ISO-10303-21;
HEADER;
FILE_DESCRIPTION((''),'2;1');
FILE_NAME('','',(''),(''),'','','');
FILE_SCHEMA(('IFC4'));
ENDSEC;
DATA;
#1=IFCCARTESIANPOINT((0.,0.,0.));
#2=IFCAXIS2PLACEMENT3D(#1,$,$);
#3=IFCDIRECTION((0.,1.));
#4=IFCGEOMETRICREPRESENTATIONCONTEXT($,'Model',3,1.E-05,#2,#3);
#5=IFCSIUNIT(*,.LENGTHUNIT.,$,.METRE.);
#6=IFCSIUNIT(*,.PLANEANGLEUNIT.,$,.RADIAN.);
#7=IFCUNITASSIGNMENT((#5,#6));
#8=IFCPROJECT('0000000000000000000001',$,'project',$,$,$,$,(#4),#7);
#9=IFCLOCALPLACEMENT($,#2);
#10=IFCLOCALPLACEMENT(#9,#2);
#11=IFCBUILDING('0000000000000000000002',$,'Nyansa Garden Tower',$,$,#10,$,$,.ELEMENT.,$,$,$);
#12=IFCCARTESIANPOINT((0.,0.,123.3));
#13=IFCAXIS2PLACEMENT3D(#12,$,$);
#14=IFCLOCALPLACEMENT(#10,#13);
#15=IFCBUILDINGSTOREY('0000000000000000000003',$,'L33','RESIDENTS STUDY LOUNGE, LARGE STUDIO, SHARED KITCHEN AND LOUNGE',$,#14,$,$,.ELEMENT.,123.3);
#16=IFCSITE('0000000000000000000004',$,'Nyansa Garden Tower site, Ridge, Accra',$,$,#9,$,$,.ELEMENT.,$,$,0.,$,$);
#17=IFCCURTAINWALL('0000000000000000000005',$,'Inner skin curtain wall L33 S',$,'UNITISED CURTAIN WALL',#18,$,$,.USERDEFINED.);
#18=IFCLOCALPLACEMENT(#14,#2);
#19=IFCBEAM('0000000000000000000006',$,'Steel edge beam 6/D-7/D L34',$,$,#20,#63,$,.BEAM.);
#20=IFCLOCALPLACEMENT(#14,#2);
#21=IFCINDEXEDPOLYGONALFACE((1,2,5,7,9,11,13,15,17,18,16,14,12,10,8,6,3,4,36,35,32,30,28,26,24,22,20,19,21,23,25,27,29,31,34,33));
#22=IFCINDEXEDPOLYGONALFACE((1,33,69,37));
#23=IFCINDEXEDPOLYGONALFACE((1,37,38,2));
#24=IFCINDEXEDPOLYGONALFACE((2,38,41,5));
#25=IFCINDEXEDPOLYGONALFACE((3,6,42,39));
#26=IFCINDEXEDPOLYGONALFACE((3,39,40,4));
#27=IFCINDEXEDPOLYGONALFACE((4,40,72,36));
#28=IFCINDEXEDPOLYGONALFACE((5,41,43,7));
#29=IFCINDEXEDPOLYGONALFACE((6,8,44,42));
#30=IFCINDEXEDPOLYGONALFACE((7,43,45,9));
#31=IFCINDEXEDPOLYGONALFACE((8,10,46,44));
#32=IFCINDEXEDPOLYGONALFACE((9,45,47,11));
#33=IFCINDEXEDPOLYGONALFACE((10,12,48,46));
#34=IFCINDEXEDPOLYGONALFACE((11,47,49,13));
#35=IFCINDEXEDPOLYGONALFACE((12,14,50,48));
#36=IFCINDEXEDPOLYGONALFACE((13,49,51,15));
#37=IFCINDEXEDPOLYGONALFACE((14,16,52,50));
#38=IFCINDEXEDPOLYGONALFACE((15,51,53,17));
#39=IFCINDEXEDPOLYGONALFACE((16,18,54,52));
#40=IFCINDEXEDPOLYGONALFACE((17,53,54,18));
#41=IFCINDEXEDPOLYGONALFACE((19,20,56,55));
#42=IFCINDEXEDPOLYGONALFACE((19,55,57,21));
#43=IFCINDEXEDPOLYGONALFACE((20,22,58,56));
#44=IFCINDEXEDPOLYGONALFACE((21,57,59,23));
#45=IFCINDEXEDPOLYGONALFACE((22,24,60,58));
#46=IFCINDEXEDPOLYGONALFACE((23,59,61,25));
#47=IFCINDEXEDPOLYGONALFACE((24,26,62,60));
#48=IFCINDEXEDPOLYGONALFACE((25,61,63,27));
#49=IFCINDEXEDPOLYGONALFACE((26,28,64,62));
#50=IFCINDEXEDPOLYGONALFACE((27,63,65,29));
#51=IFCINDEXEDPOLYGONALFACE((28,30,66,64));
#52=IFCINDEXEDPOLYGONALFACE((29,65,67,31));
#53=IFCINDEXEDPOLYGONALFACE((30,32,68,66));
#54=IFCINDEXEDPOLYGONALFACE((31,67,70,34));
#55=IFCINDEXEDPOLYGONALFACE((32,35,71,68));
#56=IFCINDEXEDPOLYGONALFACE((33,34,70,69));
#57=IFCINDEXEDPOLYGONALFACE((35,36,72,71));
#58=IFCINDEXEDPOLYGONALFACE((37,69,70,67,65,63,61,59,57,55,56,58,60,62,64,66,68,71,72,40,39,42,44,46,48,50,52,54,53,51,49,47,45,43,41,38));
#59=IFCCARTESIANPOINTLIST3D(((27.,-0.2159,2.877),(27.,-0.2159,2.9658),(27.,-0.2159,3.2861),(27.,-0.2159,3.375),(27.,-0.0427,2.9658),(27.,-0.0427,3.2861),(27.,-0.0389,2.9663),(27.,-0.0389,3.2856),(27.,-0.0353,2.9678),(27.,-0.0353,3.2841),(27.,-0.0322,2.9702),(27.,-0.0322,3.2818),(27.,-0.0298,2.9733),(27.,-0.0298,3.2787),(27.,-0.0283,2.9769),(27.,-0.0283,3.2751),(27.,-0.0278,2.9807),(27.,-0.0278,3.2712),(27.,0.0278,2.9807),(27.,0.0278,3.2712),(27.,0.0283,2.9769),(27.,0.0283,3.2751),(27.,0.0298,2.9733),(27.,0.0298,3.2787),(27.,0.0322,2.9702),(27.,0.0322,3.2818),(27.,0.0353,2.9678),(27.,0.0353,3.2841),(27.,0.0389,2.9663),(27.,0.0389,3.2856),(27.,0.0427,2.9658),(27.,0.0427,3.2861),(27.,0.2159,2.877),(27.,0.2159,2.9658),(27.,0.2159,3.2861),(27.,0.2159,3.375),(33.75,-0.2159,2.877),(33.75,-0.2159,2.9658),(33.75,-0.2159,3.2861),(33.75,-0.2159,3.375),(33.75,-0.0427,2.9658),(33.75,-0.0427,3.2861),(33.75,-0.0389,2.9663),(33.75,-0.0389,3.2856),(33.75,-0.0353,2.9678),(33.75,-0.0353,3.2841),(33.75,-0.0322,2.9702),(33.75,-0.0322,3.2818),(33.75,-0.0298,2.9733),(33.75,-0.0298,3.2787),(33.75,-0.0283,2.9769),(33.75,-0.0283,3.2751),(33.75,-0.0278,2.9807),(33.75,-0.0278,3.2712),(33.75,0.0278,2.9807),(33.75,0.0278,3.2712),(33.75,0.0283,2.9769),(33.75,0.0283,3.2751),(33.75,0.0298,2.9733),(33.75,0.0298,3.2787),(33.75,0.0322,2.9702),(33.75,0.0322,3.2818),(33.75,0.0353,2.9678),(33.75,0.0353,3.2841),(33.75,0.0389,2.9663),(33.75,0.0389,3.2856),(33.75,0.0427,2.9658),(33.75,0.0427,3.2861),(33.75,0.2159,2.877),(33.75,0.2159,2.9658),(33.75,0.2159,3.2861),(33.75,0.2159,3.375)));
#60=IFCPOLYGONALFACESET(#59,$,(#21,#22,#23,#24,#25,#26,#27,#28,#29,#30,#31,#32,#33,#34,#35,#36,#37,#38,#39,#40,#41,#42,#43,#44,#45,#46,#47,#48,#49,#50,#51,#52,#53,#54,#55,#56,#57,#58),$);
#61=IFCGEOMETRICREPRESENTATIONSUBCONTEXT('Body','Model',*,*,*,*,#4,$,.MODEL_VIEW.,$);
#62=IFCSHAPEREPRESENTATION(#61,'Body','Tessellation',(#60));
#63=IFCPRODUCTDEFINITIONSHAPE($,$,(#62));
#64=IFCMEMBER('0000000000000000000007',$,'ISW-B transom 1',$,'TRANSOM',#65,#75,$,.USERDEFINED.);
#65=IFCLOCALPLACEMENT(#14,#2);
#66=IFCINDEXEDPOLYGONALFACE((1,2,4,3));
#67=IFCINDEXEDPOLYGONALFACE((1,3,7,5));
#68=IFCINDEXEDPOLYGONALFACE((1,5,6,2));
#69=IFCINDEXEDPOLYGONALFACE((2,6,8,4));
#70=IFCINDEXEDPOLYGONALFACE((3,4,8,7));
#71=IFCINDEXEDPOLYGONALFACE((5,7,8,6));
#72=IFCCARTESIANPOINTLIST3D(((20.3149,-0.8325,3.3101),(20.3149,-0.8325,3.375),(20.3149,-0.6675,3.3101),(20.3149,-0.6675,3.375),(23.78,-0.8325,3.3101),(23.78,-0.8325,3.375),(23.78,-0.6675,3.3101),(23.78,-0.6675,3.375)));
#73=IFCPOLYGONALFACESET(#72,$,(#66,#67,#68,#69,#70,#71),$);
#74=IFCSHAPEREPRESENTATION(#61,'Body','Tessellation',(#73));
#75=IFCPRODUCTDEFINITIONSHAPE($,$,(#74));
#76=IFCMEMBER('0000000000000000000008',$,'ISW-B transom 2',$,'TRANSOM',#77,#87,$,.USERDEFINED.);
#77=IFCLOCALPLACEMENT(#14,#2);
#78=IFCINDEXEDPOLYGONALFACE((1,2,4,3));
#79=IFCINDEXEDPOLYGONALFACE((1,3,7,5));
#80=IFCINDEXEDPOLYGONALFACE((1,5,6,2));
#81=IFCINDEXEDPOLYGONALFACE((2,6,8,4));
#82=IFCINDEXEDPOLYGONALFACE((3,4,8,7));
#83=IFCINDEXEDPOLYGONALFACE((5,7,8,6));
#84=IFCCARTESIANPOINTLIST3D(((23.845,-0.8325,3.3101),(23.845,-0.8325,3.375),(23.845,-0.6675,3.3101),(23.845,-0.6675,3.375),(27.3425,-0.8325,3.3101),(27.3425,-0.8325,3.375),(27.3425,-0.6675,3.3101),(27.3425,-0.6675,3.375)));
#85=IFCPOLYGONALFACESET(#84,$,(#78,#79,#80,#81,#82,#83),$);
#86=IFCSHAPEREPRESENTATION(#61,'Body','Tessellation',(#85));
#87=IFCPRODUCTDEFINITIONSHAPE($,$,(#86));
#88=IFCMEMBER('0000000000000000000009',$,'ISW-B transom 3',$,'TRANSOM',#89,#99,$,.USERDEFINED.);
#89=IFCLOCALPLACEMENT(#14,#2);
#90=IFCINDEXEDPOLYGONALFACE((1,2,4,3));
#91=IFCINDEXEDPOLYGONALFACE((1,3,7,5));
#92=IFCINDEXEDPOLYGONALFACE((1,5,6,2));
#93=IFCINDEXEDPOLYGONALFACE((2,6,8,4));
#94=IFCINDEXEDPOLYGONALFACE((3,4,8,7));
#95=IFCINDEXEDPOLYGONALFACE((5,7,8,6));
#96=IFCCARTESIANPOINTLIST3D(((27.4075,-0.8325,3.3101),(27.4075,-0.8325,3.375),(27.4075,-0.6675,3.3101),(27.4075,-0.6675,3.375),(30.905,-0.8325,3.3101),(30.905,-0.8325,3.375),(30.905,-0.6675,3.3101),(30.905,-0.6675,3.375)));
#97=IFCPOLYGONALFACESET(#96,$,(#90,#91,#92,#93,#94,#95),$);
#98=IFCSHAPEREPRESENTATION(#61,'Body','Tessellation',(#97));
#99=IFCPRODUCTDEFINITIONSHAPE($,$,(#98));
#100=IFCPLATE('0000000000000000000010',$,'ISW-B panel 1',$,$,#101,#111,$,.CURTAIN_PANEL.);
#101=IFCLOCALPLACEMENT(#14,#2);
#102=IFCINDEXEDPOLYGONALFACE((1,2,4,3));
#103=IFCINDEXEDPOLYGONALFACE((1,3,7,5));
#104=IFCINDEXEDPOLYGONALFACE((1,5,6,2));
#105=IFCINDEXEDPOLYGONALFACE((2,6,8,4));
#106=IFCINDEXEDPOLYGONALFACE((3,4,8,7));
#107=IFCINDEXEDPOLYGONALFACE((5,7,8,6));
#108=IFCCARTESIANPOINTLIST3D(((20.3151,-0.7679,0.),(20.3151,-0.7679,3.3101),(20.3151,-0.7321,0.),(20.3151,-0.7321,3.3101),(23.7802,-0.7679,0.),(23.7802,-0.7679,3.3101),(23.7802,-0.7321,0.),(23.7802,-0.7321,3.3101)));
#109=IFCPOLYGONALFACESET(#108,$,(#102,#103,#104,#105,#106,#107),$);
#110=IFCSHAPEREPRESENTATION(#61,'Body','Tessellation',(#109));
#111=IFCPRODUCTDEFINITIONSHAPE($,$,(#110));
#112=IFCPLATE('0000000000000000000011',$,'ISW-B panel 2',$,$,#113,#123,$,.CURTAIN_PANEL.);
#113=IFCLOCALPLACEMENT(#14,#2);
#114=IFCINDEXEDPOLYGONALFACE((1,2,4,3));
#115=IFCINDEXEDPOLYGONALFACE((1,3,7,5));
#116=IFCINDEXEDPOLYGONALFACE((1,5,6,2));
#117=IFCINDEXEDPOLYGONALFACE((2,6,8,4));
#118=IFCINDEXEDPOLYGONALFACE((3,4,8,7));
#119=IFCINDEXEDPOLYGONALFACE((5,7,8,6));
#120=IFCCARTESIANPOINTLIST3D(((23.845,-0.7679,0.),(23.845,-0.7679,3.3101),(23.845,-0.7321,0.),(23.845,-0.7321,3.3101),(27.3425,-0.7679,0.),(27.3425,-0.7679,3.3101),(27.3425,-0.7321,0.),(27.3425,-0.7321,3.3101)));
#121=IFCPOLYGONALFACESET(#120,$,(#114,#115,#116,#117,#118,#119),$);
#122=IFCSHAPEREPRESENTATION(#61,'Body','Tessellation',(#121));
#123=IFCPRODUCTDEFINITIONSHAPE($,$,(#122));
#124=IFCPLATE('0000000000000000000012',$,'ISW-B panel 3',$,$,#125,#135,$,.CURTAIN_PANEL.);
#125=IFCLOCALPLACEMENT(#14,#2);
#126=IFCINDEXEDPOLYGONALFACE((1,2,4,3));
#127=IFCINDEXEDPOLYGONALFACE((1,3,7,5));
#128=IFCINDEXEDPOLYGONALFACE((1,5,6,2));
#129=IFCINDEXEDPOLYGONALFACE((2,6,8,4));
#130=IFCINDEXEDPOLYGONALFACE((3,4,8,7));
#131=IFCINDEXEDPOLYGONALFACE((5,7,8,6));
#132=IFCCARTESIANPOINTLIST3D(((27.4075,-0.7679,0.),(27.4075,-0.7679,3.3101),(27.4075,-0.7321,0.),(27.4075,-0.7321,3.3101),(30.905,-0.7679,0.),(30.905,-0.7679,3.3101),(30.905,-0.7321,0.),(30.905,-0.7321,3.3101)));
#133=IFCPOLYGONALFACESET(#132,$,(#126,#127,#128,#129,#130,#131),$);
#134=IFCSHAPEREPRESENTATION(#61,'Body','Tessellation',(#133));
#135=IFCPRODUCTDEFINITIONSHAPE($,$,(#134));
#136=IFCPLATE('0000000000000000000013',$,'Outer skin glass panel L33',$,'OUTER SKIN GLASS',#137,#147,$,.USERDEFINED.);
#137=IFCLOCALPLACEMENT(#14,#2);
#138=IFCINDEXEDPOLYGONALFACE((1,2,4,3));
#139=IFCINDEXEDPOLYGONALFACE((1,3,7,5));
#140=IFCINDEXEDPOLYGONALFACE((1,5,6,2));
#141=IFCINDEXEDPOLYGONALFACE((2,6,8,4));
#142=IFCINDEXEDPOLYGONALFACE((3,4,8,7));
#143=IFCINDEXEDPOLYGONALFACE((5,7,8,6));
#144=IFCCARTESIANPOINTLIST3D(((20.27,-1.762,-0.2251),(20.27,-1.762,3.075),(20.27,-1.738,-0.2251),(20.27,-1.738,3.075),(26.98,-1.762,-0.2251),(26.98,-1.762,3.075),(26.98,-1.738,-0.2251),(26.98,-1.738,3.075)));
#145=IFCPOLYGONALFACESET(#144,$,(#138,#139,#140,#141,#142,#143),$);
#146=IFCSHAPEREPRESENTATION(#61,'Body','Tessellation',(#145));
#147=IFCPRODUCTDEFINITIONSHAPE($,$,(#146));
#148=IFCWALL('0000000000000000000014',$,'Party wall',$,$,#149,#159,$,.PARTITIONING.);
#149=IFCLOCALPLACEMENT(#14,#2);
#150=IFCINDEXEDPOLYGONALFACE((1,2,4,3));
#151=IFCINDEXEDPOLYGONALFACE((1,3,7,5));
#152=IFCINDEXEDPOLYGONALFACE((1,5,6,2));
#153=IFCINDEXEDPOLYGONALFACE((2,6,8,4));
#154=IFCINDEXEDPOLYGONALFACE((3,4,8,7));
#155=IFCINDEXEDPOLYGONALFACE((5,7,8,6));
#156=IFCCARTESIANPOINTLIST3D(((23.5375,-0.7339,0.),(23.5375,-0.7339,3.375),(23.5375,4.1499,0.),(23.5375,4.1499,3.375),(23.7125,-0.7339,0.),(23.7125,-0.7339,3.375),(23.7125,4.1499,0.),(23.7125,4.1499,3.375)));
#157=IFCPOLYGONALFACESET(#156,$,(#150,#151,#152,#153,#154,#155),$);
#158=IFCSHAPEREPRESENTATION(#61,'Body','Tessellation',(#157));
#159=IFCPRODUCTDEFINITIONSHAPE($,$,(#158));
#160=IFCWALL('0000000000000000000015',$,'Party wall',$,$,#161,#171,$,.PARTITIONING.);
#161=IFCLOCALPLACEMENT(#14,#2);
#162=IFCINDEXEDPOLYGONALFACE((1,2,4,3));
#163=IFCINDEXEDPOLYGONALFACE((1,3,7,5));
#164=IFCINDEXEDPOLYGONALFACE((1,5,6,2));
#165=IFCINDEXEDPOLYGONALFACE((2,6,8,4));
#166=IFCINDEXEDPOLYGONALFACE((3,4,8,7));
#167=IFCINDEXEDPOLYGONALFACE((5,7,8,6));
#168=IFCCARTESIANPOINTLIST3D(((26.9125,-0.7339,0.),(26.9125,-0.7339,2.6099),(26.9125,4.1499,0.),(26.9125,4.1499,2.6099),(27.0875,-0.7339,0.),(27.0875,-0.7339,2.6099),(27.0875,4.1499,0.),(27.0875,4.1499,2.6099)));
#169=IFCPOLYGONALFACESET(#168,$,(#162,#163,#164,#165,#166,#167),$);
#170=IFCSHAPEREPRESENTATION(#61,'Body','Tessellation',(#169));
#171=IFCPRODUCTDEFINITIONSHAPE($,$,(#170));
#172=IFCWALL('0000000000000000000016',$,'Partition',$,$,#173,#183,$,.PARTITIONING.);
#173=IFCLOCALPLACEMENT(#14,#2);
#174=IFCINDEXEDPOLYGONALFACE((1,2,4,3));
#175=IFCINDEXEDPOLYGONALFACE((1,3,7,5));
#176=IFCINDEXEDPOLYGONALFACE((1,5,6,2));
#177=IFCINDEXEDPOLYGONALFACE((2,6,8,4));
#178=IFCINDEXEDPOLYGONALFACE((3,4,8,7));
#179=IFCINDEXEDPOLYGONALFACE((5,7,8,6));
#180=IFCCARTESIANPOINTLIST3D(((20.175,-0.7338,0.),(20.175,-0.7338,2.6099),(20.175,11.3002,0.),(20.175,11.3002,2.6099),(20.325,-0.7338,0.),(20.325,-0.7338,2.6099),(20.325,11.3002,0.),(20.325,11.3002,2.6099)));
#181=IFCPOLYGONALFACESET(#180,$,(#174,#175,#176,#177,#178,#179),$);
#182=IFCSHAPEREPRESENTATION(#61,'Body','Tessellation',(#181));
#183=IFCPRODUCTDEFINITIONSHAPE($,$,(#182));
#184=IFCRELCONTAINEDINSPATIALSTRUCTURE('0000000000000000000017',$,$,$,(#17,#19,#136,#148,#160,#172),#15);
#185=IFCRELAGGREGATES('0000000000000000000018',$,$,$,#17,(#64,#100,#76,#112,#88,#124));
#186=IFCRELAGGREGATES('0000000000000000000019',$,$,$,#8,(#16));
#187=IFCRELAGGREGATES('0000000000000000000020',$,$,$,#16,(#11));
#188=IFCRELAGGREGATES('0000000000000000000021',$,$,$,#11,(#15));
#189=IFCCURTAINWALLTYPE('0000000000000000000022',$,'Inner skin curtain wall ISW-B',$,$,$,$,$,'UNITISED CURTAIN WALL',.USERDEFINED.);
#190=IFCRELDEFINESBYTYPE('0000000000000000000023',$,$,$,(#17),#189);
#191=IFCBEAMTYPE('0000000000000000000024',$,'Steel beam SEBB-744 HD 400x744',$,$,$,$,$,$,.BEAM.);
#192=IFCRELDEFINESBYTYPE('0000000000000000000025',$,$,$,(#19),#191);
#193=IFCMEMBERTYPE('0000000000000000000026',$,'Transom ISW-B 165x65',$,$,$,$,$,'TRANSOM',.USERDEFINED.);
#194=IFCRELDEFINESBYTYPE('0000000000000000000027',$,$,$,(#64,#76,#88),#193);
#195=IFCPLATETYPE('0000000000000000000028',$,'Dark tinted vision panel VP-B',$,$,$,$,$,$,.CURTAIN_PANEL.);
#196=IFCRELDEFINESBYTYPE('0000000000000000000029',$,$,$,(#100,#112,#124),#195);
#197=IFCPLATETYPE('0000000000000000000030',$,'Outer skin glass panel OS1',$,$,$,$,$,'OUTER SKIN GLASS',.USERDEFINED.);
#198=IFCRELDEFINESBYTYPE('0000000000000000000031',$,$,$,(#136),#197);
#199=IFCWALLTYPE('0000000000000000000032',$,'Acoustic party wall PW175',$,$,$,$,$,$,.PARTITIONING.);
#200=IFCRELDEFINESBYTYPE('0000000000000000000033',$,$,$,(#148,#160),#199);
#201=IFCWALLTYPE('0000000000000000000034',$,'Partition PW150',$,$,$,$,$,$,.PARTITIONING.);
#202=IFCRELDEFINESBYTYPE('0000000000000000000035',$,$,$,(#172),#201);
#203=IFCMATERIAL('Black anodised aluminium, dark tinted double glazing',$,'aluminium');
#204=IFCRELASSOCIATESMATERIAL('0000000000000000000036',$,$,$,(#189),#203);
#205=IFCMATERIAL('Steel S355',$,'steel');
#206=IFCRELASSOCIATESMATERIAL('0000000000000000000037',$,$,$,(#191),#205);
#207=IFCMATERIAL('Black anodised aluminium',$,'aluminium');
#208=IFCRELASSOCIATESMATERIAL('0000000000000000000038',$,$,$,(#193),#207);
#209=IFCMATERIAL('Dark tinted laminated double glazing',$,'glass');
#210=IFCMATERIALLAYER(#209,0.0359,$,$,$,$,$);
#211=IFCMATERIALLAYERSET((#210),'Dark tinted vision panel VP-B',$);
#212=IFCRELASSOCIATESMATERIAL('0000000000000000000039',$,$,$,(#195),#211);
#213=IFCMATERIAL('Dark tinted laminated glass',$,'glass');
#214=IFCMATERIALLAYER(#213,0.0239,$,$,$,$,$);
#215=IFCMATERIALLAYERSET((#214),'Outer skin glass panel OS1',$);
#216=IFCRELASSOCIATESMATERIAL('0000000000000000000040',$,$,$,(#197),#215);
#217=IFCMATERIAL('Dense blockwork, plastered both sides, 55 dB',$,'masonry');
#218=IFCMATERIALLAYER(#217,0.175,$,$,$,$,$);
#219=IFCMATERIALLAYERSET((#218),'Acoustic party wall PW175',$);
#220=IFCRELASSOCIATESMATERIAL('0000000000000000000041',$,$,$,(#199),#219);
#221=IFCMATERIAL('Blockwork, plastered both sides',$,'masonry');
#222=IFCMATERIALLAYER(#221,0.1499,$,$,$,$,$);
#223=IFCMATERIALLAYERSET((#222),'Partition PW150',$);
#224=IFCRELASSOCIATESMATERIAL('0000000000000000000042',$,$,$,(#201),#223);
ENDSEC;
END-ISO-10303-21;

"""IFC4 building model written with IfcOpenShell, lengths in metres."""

from ifc_helpers import new_model, si_unit, direction, frame, frame_2d, origin, origin_2d, place, context, subcontext, project, spatial, rectangle, i_section, extrude, material, layer, layer_set, material_profile, profile_set, type_object, element, aggregate, save


model = new_model("IFC4")

# Units and contexts
model_context = context("Model", 3, precision=1e-05, world=origin(), true_north=direction((0.0, 1.0)))
body_context = subcontext(model_context, "Body", "Model", "MODEL_VIEW")
ifc_project = project(units=[si_unit("LENGTHUNIT", "METRE"), si_unit("PLANEANGLEUNIT", "RADIAN")], contexts=[model_context])

# Site, building, storey
site_placement = place(None, origin())
site = spatial("IfcSite", under=ifc_project, at=site_placement, Name="Nyansa Garden Tower site, Ridge, Accra", CompositionType="ELEMENT", RefElevation=0.0)
building_placement = place(site_placement, origin())
building = spatial("IfcBuilding", under=site, at=building_placement, Name="Nyansa Garden Tower", CompositionType="ELEMENT")
storey_placement = place(building_placement, frame((0.0, 0.0, 123.3)))
storey = spatial("IfcBuildingStorey", under=building, at=storey_placement, Name="L33", Description="RESIDENTS STUDY LOUNGE, LARGE STUDIO, SHARED KITCHEN AND LOUNGE", CompositionType="ELEMENT", Elevation=123.3)

# Curtain wall
ifc_material_1 = material(Name="Black anodised aluminium, dark tinted double glazing", Category="aluminium")
curtain_wall_type = type_object("IfcCurtainWallType", Name="Inner skin curtain wall ISW-B", ElementType="UNITISED CURTAIN WALL", PredefinedType="USERDEFINED", material=ifc_material_1)
curtain_wall_placement = place(storey_placement, origin())
curtain_wall = element("IfcCurtainWall", 1, at=curtain_wall_placement, inside=storey, type_object=curtain_wall_type, Name="Inner skin curtain wall L33 S", ObjectType="UNITISED CURTAIN WALL", PredefinedType="USERDEFINED")

# Beam
ifc_material_2 = material(Name="Steel S355", Category="steel")
ifc_material_profile_1 = material_profile(ifc_material_2, i_section(OverallWidth=0.4319, OverallDepth=0.498, WebThickness=0.0557, FlangeThickness=0.0889, FilletRadius=0.0149, at=origin_2d()), Name="HD 400x744")
ifc_profile_set_1 = profile_set([ifc_material_profile_1], Name="Steel S355")
beam_type_1 = type_object("IfcBeamType", Name="Steel beam SEBB-744 HD 400x744", PredefinedType="BEAM", material=ifc_profile_set_1)
beam_1_placement = place(storey_placement, frame((27.0, 0.0, 3.126), z_axis=(1.0, 0.0, 0.0), x_axis=(0.0, 1.0, 0.0)))
element("IfcBeam", 2, at=beam_1_placement, inside=storey, type_object=beam_type_1, Name="Steel edge beam 6/D-7/D L34", PredefinedType="BEAM", context=body_context, shape_type="SweptSolid", body=[
    extrude(i_section(OverallWidth=0.4319, OverallDepth=0.498, WebThickness=0.0557, FlangeThickness=0.0889, FilletRadius=0.0149, at=origin_2d()), origin(), (0.0, 0.0, 1.0), 6.75),
])

# Members
ifc_material_3 = material(Name="Black anodised aluminium", Category="aluminium")
ifc_material_profile_2 = material_profile(ifc_material_3, rectangle(XDim=0.165, YDim=0.0649, at=origin_2d()), Name="Transom 165x65")
ifc_profile_set_2 = profile_set([ifc_material_profile_2], Name="Black anodised aluminium")
member_type_1 = type_object("IfcMemberType", Name="Transom ISW-B 165x65", ElementType="TRANSOM", PredefinedType="USERDEFINED", material=ifc_profile_set_2)
member_1_placement = place(storey_placement, frame((20.3149, -0.75, 3.3425), z_axis=(1.0, 0.0, 0.0), x_axis=(0.0, 1.0, 0.0)))
member_1 = element("IfcMember", 3, at=member_1_placement, type_object=member_type_1, Name="ISW-B transom 1", ObjectType="TRANSOM", PredefinedType="USERDEFINED", context=body_context, shape_type="SweptSolid", body=[
    extrude(rectangle(XDim=0.165, YDim=0.0649, at=origin_2d()), origin(), (0.0, 0.0, 1.0), 3.4651),
])
member_2_placement = place(storey_placement, frame((23.845, -0.75, 3.3425), z_axis=(1.0, 0.0, 0.0), x_axis=(0.0, 1.0, 0.0)))
member_2 = element("IfcMember", 4, at=member_2_placement, type_object=member_type_1, Name="ISW-B transom 2", ObjectType="TRANSOM", PredefinedType="USERDEFINED", context=body_context, shape_type="SweptSolid", body=[
    extrude(rectangle(XDim=0.165, YDim=0.0649, at=origin_2d()), origin(), (0.0, 0.0, 1.0), 3.4976),
])
member_3_placement = place(storey_placement, frame((27.4075, -0.75, 3.3425), z_axis=(1.0, 0.0, 0.0), x_axis=(0.0, 1.0, 0.0)))
member_3 = element("IfcMember", 5, at=member_3_placement, type_object=member_type_1, Name="ISW-B transom 3", ObjectType="TRANSOM", PredefinedType="USERDEFINED", context=body_context, shape_type="SweptSolid", body=[
    extrude(rectangle(XDim=0.165, YDim=0.0649, at=origin_2d()), origin(), (0.0, 0.0, 1.0), 3.4976),
])

# Plates
ifc_material_4 = material(Name="Dark tinted laminated double glazing", Category="glass")
ifc_layer_1 = layer(ifc_material_4, 0.0359)
ifc_layer_set_1 = layer_set([ifc_layer_1], Name="Dark tinted vision panel VP-B")
plate_type_1 = type_object("IfcPlateType", Name="Dark tinted vision panel VP-B", PredefinedType="CURTAIN_PANEL", material=ifc_layer_set_1)
plate_1_placement = place(storey_placement, frame((22.0476, -0.75, 0.0), z_axis=(0.0, 0.0, 1.0), x_axis=(1.0, 0.0, 0.0)))
plate_1 = element("IfcPlate", 6, at=plate_1_placement, type_object=plate_type_1, Name="ISW-B panel 1", PredefinedType="CURTAIN_PANEL", context=body_context, shape_type="SweptSolid", body=[
    extrude(rectangle(XDim=3.4651, YDim=0.0359, at=origin_2d()), origin(), (0.0, 0.0, 1.0), 3.3101),
])
plate_2_placement = place(storey_placement, frame((25.5938, -0.75, 0.0), z_axis=(0.0, 0.0, 1.0), x_axis=(1.0, 0.0, 0.0)))
plate_2 = element("IfcPlate", 7, at=plate_2_placement, type_object=plate_type_1, Name="ISW-B panel 2", PredefinedType="CURTAIN_PANEL", context=body_context, shape_type="SweptSolid", body=[
    extrude(rectangle(XDim=3.4976, YDim=0.0359, at=origin_2d()), origin(), (0.0, 0.0, 1.0), 3.3101),
])
plate_3_placement = place(storey_placement, frame((29.1562, -0.75, 0.0), z_axis=(0.0, 0.0, 1.0), x_axis=(1.0, 0.0, 0.0)))
plate_3 = element("IfcPlate", 8, at=plate_3_placement, type_object=plate_type_1, Name="ISW-B panel 3", PredefinedType="CURTAIN_PANEL", context=body_context, shape_type="SweptSolid", body=[
    extrude(rectangle(XDim=3.4976, YDim=0.0359, at=origin_2d()), origin(), (0.0, 0.0, 1.0), 3.3101),
])
aggregate(curtain_wall, [member_1, plate_1, member_2, plate_2, member_3, plate_3])
ifc_material_5 = material(Name="Dark tinted laminated glass", Category="glass")
ifc_layer_2 = layer(ifc_material_5, 0.0239)
ifc_layer_set_2 = layer_set([ifc_layer_2], Name="Outer skin glass panel OS1")
plate_type_2 = type_object("IfcPlateType", Name="Outer skin glass panel OS1", ElementType="OUTER SKIN GLASS", PredefinedType="USERDEFINED", material=ifc_layer_set_2)
plate_4_placement = place(storey_placement, frame((23.625, -1.75, -0.2251), z_axis=(0.0, 0.0, 1.0), x_axis=(1.0, 0.0, 0.0)))
element("IfcPlate", 9, at=plate_4_placement, inside=storey, type_object=plate_type_2, Name="Outer skin glass panel L33", ObjectType="OUTER SKIN GLASS", PredefinedType="USERDEFINED", context=body_context, shape_type="SweptSolid", body=[
    extrude(rectangle(XDim=6.71, YDim=0.0239, at=origin_2d()), origin(), (0.0, 0.0, 1.0), 3.3),
])

# Walls
ifc_material_6 = material(Name="Dense blockwork, plastered both sides, 55 dB", Category="masonry")
ifc_layer_3 = layer(ifc_material_6, 0.175)
ifc_layer_set_3 = layer_set([ifc_layer_3], Name="Acoustic party wall PW175")
wall_type_1 = type_object("IfcWallType", Name="Acoustic party wall PW175", PredefinedType="PARTITIONING", material=ifc_layer_set_3)
wall_1_placement = place(storey_placement, frame((23.625, -0.7339, 0.0), z_axis=(0.0, 0.0, 1.0), x_axis=(0.0, 1.0, 0.0)))
element("IfcWall", 10, at=wall_1_placement, inside=storey, type_object=wall_type_1, Name="Party wall", PredefinedType="PARTITIONING", context=body_context, shape_type="SweptSolid", body=[
    extrude(rectangle(XDim=4.8838, YDim=0.175, at=frame_2d((2.4419, 0.0))), origin(), (0.0, 0.0, 1.0), 3.375),
])
wall_2_placement = place(storey_placement, frame((27.0, -0.7339, 0.0), z_axis=(0.0, 0.0, 1.0), x_axis=(0.0, 1.0, 0.0)))
element("IfcWall", 11, at=wall_2_placement, inside=storey, type_object=wall_type_1, Name="Party wall", PredefinedType="PARTITIONING", context=body_context, shape_type="SweptSolid", body=[
    extrude(rectangle(XDim=4.8838, YDim=0.175, at=frame_2d((2.4419, 0.0))), origin(), (0.0, 0.0, 1.0), 2.6099),
])
ifc_material_7 = material(Name="Blockwork, plastered both sides", Category="masonry")
ifc_layer_4 = layer(ifc_material_7, 0.1499)
ifc_layer_set_4 = layer_set([ifc_layer_4], Name="Partition PW150")
wall_type_2 = type_object("IfcWallType", Name="Partition PW150", PredefinedType="PARTITIONING", material=ifc_layer_set_4)
wall_3_placement = place(storey_placement, frame((20.25, -0.7339, 0.0), z_axis=(0.0, 0.0, 1.0), x_axis=(0.0, 1.0, 0.0)))
element("IfcWall", 12, at=wall_3_placement, inside=storey, type_object=wall_type_2, Name="Partition", PredefinedType="PARTITIONING", context=body_context, shape_type="SweptSolid", body=[
    extrude(rectangle(XDim=12.0339, YDim=0.1499, at=frame_2d((6.0171, 0.0))), origin(), (0.0, 0.0, 1.0), 2.6099),
])

save(model, "model.ifc")
